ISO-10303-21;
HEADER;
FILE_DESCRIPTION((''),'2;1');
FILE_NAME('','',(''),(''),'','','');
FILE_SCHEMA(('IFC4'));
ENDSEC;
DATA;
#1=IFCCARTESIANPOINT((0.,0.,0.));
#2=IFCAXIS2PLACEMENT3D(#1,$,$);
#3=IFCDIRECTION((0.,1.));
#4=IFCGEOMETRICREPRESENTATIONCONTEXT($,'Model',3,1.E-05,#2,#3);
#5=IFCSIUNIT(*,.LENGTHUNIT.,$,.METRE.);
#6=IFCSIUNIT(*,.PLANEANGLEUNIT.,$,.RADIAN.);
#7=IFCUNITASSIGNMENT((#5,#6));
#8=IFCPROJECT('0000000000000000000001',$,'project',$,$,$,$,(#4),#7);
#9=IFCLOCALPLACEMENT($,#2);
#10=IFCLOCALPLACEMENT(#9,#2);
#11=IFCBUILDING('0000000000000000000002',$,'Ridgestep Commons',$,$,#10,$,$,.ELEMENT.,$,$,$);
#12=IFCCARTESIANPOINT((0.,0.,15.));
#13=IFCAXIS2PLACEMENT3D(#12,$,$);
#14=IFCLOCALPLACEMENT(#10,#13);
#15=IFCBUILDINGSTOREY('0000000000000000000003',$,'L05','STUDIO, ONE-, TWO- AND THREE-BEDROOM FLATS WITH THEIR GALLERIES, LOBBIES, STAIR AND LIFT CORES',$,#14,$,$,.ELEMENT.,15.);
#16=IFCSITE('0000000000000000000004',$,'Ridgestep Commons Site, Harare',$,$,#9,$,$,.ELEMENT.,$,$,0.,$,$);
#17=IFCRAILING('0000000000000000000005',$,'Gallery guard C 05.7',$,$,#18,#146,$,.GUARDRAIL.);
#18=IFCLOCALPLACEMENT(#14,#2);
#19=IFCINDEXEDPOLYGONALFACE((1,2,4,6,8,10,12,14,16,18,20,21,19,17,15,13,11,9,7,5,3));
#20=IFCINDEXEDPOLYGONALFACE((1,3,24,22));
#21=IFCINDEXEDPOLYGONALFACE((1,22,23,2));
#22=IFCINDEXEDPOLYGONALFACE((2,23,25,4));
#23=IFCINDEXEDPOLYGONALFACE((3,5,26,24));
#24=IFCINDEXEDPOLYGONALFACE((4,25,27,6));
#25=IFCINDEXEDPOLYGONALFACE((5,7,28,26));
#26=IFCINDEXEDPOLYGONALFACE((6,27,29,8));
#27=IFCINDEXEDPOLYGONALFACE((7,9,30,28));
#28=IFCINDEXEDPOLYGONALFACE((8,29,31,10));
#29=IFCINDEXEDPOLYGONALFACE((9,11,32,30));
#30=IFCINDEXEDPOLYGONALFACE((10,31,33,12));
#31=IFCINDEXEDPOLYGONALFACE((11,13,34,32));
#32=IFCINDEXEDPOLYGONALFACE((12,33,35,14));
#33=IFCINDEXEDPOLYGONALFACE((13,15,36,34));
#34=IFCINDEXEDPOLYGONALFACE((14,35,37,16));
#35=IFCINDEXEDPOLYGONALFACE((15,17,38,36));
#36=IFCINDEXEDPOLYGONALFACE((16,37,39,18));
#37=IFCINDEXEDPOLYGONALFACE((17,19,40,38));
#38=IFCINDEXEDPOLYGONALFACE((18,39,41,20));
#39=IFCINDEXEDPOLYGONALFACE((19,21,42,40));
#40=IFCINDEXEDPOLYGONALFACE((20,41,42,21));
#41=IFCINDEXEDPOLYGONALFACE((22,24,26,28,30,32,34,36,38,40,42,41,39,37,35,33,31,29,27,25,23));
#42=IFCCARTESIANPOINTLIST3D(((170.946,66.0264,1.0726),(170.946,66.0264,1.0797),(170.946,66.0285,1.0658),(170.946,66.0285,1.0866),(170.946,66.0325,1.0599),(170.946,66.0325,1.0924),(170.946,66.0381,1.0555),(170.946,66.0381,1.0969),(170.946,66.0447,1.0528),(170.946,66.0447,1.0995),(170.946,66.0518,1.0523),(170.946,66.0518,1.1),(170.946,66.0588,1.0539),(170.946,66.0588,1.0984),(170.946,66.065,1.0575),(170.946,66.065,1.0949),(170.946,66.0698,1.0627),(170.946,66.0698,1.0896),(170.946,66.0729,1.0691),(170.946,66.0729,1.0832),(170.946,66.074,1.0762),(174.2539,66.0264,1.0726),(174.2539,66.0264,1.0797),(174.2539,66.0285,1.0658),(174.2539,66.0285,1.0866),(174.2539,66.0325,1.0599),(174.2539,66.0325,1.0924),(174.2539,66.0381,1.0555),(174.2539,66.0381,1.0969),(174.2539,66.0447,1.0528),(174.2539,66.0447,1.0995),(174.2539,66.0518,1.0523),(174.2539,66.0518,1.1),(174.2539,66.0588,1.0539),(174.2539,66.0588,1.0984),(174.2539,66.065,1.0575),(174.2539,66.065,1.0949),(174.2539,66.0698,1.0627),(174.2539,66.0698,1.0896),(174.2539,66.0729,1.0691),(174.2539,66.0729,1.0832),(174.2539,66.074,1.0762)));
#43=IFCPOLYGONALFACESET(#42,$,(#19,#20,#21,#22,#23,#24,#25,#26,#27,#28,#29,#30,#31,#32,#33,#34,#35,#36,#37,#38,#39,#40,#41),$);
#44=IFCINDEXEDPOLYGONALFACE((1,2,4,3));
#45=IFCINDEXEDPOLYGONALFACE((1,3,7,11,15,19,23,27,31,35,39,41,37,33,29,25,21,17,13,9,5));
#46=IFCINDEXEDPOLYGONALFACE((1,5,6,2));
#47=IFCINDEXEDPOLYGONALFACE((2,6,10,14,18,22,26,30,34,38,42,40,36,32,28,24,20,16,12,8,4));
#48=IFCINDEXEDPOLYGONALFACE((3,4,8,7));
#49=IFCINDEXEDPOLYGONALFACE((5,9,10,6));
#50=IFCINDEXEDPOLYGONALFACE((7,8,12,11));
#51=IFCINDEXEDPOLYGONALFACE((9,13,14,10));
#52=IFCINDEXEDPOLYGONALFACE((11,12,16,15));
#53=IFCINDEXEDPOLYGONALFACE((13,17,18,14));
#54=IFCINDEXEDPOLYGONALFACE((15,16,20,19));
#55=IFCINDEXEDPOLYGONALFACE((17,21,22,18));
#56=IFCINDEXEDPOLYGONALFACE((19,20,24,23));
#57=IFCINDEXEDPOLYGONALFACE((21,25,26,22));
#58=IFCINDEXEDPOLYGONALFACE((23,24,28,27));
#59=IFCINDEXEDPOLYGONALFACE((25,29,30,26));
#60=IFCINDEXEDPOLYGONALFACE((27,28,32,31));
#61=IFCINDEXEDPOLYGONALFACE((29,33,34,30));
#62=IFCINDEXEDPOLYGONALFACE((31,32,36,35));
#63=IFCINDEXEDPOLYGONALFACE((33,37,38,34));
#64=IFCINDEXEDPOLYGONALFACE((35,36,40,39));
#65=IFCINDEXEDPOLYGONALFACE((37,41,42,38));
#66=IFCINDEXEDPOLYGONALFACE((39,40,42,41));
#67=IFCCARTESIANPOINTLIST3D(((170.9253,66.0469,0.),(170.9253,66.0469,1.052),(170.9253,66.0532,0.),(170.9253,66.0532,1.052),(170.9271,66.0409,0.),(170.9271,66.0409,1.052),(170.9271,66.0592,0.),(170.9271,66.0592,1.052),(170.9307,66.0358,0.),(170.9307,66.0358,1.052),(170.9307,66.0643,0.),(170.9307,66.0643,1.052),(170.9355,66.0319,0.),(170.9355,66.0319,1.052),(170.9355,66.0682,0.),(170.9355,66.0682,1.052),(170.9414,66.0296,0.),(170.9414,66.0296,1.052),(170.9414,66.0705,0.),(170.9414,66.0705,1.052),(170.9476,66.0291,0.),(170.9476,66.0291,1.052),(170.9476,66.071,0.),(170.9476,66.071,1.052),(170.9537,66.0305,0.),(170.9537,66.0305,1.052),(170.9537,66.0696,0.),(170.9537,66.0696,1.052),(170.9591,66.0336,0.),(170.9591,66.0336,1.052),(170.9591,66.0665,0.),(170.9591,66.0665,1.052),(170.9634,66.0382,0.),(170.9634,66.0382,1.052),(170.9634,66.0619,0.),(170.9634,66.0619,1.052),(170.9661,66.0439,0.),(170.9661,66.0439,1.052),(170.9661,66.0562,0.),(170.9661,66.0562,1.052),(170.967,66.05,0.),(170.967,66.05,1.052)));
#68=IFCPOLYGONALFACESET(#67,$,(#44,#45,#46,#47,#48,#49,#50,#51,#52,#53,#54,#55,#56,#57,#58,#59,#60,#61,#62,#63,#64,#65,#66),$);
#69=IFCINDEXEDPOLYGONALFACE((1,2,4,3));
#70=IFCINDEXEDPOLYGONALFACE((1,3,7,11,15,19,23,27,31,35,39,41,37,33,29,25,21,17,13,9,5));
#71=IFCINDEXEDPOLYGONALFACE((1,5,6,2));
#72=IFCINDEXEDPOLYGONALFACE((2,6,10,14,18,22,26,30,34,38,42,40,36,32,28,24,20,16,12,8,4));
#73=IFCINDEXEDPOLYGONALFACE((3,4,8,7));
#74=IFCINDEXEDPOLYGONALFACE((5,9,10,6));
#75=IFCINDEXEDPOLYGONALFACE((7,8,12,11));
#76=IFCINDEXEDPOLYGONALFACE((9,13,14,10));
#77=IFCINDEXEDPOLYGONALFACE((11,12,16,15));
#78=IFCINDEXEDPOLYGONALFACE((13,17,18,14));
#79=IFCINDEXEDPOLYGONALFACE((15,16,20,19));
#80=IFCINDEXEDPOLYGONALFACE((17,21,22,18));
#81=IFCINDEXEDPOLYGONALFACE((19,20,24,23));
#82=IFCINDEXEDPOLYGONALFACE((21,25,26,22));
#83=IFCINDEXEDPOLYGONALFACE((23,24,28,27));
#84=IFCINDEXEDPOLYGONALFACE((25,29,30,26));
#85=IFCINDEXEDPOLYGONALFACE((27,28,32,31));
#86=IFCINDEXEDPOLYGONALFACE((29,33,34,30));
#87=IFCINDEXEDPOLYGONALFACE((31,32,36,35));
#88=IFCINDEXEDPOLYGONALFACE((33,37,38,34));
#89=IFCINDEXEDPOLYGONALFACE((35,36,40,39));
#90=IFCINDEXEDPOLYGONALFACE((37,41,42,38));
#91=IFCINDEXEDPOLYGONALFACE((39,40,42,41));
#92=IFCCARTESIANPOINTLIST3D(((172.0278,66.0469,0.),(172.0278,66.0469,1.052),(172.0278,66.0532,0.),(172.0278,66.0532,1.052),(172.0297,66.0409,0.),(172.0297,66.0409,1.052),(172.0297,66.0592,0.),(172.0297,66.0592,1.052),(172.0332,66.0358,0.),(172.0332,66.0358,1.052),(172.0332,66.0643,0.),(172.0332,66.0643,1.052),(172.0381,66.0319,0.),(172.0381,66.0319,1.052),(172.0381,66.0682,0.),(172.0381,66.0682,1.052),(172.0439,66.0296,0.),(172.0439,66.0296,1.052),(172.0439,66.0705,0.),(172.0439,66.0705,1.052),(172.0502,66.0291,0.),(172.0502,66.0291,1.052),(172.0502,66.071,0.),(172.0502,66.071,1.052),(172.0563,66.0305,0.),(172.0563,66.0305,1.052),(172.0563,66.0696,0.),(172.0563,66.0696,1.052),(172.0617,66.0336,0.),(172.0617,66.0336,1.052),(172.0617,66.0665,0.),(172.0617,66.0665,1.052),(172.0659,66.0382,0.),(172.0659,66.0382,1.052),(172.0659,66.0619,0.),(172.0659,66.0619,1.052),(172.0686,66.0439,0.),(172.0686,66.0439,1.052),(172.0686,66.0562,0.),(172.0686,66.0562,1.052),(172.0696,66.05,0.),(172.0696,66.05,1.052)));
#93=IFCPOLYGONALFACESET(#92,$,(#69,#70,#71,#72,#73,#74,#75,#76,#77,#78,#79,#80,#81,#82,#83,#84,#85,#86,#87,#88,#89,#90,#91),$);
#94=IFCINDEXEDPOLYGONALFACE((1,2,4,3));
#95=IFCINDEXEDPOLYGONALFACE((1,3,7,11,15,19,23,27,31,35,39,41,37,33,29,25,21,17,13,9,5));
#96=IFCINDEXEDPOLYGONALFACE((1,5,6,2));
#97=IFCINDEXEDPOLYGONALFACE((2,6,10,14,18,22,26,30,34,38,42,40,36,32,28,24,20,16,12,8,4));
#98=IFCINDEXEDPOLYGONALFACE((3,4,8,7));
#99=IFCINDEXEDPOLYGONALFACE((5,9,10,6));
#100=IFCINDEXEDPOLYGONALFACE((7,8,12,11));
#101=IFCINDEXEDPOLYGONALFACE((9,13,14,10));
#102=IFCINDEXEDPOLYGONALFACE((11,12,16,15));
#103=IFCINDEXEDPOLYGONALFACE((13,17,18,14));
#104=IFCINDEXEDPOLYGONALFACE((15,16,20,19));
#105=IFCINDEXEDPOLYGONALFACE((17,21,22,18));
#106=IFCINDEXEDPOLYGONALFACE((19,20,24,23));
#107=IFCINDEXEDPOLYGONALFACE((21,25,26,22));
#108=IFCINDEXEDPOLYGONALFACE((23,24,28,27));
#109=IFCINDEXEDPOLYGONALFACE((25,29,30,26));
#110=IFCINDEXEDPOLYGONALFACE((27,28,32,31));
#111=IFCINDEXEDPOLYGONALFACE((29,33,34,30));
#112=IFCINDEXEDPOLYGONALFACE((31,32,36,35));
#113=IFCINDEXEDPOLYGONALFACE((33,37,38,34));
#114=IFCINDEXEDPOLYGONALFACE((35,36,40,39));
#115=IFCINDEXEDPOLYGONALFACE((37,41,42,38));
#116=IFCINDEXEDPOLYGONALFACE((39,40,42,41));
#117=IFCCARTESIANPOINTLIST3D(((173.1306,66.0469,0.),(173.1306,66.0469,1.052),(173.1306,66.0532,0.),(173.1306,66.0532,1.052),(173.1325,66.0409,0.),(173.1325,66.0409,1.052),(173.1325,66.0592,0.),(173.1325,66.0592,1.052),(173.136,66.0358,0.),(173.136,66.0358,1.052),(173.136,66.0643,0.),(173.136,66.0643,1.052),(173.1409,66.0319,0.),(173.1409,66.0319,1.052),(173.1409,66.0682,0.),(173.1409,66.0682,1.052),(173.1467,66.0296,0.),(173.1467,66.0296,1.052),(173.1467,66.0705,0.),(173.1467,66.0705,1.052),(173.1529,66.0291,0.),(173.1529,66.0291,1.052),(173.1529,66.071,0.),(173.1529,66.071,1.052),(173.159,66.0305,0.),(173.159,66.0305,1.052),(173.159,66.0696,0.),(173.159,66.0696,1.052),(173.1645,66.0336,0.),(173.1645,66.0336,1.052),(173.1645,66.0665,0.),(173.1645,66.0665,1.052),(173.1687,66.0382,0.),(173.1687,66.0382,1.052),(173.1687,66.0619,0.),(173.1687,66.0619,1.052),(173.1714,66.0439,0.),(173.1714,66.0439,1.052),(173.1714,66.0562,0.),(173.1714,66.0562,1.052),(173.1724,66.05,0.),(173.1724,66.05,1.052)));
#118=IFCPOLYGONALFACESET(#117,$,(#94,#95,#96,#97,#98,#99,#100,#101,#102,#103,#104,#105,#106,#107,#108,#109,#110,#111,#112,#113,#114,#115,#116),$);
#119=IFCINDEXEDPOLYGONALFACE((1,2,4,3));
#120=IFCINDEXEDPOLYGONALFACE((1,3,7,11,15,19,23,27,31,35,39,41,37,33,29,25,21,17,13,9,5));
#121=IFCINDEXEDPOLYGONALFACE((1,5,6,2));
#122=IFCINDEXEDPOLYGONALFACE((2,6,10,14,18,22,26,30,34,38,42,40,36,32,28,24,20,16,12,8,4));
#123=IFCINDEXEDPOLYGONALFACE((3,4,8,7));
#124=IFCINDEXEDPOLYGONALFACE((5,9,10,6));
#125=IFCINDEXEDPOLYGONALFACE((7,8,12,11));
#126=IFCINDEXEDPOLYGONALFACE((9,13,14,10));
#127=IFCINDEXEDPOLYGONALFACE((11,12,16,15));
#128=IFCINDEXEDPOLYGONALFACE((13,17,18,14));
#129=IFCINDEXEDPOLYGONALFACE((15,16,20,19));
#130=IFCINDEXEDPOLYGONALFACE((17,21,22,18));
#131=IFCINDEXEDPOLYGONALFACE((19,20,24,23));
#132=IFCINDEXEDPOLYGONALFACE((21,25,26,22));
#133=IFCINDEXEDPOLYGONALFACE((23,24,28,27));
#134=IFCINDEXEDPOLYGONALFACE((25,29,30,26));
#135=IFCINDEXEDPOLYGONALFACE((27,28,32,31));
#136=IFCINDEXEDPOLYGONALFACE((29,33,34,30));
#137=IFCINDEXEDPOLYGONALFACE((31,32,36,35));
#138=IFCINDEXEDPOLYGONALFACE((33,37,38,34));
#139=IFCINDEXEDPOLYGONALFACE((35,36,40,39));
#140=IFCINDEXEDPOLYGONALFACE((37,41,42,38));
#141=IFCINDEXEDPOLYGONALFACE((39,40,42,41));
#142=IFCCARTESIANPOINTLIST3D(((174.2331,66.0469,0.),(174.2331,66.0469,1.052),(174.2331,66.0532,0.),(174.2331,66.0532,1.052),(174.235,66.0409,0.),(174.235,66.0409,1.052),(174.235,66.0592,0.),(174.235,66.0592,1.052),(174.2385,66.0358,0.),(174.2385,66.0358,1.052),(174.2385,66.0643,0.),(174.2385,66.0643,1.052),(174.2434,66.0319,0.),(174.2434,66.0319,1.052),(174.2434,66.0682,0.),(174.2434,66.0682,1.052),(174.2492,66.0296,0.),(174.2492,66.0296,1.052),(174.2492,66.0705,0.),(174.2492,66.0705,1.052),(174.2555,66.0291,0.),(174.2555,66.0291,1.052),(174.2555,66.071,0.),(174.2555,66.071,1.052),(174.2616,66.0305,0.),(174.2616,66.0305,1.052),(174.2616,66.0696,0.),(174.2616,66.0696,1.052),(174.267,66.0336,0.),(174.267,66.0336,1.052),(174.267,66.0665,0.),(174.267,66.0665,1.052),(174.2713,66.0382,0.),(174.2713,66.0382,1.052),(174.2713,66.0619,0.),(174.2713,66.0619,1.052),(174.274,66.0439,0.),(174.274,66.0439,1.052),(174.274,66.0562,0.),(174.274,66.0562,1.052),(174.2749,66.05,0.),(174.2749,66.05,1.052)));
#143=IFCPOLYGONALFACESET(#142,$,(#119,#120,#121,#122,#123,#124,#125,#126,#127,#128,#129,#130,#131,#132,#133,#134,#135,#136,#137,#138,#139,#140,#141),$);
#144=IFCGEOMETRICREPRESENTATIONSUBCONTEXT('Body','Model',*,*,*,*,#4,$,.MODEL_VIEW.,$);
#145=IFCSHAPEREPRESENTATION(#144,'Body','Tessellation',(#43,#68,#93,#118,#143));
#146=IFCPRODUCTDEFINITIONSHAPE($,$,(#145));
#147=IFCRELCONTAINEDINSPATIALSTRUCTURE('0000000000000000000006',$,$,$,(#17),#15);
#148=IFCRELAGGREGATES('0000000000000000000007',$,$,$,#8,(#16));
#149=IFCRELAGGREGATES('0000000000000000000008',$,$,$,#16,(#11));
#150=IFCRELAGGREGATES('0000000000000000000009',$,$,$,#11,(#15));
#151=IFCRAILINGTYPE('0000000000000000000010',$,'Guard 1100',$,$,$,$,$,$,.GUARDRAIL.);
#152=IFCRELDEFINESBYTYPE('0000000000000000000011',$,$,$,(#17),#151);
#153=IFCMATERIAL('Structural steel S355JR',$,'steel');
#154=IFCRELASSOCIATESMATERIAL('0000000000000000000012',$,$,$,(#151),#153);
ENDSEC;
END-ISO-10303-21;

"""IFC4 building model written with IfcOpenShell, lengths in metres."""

from ifc_helpers import new_model, si_unit, direction, frame, origin, origin_2d, place, context, subcontext, project, spatial, circle, extrude, material, type_object, element, save


model = new_model("IFC4")

# Units and contexts
model_context = context("Model", 3, precision=1e-05, world=origin(), true_north=direction((0.0, 1.0)))
body_context = subcontext(model_context, "Body", "Model", "MODEL_VIEW")
ifc_project = project(units=[si_unit("LENGTHUNIT", "METRE"), si_unit("PLANEANGLEUNIT", "RADIAN")], contexts=[model_context])

# Site, building, storey
site_placement = place(None, origin())
site = spatial("IfcSite", under=ifc_project, at=site_placement, Name="Ridgestep Commons Site, Harare", CompositionType="ELEMENT", RefElevation=0.0)
building_placement = place(site_placement, origin())
building = spatial("IfcBuilding", under=site, at=building_placement, Name="Ridgestep Commons", CompositionType="ELEMENT")
storey_placement = place(building_placement, frame((0.0, 0.0, 15.0)))
storey = spatial("IfcBuildingStorey", under=building, at=storey_placement, Name="L05", Description="STUDIO, ONE-, TWO- AND THREE-BEDROOM FLATS WITH THEIR GALLERIES, LOBBIES, STAIR AND LIFT CORES", CompositionType="ELEMENT", Elevation=15.0)

# Railing
ifc_material_1 = material(Name="Structural steel S355JR", Category="steel")
railing_type_1 = type_object("IfcRailingType", Name="Guard 1100", PredefinedType="GUARDRAIL", material=ifc_material_1)
railing_1_placement = place(storey_placement, frame((170.946, 66.05, 0.0)))
element("IfcRailing", 1, at=railing_1_placement, inside=storey, type_object=railing_type_1, Name="Gallery guard C 05.7", PredefinedType="GUARDRAIL", context=body_context, shape_type="SweptSolid", body=[
    extrude(circle(Radius=0.0239, at=origin_2d()), frame((0.0, 0.0, 1.0762), z_axis=(1.0, 0.0, 0.0), x_axis=(0.0, 1.0, 0.0)), (0.0, 0.0, 1.0), 3.3079),
    extrude(circle(Radius=0.021, at=origin_2d()), origin(), (0.0, 0.0, 1.0), 1.052),
    extrude(circle(Radius=0.021, at=origin_2d()), frame((1.1025, 0.0, 0.0)), (0.0, 0.0, 1.0), 1.052),
    extrude(circle(Radius=0.021, at=origin_2d()), frame((2.2053, 0.0, 0.0)), (0.0, 0.0, 1.0), 1.052),
    extrude(circle(Radius=0.021, at=origin_2d()), frame((3.3079, 0.0, 0.0)), (0.0, 0.0, 1.0), 1.052),
])

save(model, "model.ifc")
